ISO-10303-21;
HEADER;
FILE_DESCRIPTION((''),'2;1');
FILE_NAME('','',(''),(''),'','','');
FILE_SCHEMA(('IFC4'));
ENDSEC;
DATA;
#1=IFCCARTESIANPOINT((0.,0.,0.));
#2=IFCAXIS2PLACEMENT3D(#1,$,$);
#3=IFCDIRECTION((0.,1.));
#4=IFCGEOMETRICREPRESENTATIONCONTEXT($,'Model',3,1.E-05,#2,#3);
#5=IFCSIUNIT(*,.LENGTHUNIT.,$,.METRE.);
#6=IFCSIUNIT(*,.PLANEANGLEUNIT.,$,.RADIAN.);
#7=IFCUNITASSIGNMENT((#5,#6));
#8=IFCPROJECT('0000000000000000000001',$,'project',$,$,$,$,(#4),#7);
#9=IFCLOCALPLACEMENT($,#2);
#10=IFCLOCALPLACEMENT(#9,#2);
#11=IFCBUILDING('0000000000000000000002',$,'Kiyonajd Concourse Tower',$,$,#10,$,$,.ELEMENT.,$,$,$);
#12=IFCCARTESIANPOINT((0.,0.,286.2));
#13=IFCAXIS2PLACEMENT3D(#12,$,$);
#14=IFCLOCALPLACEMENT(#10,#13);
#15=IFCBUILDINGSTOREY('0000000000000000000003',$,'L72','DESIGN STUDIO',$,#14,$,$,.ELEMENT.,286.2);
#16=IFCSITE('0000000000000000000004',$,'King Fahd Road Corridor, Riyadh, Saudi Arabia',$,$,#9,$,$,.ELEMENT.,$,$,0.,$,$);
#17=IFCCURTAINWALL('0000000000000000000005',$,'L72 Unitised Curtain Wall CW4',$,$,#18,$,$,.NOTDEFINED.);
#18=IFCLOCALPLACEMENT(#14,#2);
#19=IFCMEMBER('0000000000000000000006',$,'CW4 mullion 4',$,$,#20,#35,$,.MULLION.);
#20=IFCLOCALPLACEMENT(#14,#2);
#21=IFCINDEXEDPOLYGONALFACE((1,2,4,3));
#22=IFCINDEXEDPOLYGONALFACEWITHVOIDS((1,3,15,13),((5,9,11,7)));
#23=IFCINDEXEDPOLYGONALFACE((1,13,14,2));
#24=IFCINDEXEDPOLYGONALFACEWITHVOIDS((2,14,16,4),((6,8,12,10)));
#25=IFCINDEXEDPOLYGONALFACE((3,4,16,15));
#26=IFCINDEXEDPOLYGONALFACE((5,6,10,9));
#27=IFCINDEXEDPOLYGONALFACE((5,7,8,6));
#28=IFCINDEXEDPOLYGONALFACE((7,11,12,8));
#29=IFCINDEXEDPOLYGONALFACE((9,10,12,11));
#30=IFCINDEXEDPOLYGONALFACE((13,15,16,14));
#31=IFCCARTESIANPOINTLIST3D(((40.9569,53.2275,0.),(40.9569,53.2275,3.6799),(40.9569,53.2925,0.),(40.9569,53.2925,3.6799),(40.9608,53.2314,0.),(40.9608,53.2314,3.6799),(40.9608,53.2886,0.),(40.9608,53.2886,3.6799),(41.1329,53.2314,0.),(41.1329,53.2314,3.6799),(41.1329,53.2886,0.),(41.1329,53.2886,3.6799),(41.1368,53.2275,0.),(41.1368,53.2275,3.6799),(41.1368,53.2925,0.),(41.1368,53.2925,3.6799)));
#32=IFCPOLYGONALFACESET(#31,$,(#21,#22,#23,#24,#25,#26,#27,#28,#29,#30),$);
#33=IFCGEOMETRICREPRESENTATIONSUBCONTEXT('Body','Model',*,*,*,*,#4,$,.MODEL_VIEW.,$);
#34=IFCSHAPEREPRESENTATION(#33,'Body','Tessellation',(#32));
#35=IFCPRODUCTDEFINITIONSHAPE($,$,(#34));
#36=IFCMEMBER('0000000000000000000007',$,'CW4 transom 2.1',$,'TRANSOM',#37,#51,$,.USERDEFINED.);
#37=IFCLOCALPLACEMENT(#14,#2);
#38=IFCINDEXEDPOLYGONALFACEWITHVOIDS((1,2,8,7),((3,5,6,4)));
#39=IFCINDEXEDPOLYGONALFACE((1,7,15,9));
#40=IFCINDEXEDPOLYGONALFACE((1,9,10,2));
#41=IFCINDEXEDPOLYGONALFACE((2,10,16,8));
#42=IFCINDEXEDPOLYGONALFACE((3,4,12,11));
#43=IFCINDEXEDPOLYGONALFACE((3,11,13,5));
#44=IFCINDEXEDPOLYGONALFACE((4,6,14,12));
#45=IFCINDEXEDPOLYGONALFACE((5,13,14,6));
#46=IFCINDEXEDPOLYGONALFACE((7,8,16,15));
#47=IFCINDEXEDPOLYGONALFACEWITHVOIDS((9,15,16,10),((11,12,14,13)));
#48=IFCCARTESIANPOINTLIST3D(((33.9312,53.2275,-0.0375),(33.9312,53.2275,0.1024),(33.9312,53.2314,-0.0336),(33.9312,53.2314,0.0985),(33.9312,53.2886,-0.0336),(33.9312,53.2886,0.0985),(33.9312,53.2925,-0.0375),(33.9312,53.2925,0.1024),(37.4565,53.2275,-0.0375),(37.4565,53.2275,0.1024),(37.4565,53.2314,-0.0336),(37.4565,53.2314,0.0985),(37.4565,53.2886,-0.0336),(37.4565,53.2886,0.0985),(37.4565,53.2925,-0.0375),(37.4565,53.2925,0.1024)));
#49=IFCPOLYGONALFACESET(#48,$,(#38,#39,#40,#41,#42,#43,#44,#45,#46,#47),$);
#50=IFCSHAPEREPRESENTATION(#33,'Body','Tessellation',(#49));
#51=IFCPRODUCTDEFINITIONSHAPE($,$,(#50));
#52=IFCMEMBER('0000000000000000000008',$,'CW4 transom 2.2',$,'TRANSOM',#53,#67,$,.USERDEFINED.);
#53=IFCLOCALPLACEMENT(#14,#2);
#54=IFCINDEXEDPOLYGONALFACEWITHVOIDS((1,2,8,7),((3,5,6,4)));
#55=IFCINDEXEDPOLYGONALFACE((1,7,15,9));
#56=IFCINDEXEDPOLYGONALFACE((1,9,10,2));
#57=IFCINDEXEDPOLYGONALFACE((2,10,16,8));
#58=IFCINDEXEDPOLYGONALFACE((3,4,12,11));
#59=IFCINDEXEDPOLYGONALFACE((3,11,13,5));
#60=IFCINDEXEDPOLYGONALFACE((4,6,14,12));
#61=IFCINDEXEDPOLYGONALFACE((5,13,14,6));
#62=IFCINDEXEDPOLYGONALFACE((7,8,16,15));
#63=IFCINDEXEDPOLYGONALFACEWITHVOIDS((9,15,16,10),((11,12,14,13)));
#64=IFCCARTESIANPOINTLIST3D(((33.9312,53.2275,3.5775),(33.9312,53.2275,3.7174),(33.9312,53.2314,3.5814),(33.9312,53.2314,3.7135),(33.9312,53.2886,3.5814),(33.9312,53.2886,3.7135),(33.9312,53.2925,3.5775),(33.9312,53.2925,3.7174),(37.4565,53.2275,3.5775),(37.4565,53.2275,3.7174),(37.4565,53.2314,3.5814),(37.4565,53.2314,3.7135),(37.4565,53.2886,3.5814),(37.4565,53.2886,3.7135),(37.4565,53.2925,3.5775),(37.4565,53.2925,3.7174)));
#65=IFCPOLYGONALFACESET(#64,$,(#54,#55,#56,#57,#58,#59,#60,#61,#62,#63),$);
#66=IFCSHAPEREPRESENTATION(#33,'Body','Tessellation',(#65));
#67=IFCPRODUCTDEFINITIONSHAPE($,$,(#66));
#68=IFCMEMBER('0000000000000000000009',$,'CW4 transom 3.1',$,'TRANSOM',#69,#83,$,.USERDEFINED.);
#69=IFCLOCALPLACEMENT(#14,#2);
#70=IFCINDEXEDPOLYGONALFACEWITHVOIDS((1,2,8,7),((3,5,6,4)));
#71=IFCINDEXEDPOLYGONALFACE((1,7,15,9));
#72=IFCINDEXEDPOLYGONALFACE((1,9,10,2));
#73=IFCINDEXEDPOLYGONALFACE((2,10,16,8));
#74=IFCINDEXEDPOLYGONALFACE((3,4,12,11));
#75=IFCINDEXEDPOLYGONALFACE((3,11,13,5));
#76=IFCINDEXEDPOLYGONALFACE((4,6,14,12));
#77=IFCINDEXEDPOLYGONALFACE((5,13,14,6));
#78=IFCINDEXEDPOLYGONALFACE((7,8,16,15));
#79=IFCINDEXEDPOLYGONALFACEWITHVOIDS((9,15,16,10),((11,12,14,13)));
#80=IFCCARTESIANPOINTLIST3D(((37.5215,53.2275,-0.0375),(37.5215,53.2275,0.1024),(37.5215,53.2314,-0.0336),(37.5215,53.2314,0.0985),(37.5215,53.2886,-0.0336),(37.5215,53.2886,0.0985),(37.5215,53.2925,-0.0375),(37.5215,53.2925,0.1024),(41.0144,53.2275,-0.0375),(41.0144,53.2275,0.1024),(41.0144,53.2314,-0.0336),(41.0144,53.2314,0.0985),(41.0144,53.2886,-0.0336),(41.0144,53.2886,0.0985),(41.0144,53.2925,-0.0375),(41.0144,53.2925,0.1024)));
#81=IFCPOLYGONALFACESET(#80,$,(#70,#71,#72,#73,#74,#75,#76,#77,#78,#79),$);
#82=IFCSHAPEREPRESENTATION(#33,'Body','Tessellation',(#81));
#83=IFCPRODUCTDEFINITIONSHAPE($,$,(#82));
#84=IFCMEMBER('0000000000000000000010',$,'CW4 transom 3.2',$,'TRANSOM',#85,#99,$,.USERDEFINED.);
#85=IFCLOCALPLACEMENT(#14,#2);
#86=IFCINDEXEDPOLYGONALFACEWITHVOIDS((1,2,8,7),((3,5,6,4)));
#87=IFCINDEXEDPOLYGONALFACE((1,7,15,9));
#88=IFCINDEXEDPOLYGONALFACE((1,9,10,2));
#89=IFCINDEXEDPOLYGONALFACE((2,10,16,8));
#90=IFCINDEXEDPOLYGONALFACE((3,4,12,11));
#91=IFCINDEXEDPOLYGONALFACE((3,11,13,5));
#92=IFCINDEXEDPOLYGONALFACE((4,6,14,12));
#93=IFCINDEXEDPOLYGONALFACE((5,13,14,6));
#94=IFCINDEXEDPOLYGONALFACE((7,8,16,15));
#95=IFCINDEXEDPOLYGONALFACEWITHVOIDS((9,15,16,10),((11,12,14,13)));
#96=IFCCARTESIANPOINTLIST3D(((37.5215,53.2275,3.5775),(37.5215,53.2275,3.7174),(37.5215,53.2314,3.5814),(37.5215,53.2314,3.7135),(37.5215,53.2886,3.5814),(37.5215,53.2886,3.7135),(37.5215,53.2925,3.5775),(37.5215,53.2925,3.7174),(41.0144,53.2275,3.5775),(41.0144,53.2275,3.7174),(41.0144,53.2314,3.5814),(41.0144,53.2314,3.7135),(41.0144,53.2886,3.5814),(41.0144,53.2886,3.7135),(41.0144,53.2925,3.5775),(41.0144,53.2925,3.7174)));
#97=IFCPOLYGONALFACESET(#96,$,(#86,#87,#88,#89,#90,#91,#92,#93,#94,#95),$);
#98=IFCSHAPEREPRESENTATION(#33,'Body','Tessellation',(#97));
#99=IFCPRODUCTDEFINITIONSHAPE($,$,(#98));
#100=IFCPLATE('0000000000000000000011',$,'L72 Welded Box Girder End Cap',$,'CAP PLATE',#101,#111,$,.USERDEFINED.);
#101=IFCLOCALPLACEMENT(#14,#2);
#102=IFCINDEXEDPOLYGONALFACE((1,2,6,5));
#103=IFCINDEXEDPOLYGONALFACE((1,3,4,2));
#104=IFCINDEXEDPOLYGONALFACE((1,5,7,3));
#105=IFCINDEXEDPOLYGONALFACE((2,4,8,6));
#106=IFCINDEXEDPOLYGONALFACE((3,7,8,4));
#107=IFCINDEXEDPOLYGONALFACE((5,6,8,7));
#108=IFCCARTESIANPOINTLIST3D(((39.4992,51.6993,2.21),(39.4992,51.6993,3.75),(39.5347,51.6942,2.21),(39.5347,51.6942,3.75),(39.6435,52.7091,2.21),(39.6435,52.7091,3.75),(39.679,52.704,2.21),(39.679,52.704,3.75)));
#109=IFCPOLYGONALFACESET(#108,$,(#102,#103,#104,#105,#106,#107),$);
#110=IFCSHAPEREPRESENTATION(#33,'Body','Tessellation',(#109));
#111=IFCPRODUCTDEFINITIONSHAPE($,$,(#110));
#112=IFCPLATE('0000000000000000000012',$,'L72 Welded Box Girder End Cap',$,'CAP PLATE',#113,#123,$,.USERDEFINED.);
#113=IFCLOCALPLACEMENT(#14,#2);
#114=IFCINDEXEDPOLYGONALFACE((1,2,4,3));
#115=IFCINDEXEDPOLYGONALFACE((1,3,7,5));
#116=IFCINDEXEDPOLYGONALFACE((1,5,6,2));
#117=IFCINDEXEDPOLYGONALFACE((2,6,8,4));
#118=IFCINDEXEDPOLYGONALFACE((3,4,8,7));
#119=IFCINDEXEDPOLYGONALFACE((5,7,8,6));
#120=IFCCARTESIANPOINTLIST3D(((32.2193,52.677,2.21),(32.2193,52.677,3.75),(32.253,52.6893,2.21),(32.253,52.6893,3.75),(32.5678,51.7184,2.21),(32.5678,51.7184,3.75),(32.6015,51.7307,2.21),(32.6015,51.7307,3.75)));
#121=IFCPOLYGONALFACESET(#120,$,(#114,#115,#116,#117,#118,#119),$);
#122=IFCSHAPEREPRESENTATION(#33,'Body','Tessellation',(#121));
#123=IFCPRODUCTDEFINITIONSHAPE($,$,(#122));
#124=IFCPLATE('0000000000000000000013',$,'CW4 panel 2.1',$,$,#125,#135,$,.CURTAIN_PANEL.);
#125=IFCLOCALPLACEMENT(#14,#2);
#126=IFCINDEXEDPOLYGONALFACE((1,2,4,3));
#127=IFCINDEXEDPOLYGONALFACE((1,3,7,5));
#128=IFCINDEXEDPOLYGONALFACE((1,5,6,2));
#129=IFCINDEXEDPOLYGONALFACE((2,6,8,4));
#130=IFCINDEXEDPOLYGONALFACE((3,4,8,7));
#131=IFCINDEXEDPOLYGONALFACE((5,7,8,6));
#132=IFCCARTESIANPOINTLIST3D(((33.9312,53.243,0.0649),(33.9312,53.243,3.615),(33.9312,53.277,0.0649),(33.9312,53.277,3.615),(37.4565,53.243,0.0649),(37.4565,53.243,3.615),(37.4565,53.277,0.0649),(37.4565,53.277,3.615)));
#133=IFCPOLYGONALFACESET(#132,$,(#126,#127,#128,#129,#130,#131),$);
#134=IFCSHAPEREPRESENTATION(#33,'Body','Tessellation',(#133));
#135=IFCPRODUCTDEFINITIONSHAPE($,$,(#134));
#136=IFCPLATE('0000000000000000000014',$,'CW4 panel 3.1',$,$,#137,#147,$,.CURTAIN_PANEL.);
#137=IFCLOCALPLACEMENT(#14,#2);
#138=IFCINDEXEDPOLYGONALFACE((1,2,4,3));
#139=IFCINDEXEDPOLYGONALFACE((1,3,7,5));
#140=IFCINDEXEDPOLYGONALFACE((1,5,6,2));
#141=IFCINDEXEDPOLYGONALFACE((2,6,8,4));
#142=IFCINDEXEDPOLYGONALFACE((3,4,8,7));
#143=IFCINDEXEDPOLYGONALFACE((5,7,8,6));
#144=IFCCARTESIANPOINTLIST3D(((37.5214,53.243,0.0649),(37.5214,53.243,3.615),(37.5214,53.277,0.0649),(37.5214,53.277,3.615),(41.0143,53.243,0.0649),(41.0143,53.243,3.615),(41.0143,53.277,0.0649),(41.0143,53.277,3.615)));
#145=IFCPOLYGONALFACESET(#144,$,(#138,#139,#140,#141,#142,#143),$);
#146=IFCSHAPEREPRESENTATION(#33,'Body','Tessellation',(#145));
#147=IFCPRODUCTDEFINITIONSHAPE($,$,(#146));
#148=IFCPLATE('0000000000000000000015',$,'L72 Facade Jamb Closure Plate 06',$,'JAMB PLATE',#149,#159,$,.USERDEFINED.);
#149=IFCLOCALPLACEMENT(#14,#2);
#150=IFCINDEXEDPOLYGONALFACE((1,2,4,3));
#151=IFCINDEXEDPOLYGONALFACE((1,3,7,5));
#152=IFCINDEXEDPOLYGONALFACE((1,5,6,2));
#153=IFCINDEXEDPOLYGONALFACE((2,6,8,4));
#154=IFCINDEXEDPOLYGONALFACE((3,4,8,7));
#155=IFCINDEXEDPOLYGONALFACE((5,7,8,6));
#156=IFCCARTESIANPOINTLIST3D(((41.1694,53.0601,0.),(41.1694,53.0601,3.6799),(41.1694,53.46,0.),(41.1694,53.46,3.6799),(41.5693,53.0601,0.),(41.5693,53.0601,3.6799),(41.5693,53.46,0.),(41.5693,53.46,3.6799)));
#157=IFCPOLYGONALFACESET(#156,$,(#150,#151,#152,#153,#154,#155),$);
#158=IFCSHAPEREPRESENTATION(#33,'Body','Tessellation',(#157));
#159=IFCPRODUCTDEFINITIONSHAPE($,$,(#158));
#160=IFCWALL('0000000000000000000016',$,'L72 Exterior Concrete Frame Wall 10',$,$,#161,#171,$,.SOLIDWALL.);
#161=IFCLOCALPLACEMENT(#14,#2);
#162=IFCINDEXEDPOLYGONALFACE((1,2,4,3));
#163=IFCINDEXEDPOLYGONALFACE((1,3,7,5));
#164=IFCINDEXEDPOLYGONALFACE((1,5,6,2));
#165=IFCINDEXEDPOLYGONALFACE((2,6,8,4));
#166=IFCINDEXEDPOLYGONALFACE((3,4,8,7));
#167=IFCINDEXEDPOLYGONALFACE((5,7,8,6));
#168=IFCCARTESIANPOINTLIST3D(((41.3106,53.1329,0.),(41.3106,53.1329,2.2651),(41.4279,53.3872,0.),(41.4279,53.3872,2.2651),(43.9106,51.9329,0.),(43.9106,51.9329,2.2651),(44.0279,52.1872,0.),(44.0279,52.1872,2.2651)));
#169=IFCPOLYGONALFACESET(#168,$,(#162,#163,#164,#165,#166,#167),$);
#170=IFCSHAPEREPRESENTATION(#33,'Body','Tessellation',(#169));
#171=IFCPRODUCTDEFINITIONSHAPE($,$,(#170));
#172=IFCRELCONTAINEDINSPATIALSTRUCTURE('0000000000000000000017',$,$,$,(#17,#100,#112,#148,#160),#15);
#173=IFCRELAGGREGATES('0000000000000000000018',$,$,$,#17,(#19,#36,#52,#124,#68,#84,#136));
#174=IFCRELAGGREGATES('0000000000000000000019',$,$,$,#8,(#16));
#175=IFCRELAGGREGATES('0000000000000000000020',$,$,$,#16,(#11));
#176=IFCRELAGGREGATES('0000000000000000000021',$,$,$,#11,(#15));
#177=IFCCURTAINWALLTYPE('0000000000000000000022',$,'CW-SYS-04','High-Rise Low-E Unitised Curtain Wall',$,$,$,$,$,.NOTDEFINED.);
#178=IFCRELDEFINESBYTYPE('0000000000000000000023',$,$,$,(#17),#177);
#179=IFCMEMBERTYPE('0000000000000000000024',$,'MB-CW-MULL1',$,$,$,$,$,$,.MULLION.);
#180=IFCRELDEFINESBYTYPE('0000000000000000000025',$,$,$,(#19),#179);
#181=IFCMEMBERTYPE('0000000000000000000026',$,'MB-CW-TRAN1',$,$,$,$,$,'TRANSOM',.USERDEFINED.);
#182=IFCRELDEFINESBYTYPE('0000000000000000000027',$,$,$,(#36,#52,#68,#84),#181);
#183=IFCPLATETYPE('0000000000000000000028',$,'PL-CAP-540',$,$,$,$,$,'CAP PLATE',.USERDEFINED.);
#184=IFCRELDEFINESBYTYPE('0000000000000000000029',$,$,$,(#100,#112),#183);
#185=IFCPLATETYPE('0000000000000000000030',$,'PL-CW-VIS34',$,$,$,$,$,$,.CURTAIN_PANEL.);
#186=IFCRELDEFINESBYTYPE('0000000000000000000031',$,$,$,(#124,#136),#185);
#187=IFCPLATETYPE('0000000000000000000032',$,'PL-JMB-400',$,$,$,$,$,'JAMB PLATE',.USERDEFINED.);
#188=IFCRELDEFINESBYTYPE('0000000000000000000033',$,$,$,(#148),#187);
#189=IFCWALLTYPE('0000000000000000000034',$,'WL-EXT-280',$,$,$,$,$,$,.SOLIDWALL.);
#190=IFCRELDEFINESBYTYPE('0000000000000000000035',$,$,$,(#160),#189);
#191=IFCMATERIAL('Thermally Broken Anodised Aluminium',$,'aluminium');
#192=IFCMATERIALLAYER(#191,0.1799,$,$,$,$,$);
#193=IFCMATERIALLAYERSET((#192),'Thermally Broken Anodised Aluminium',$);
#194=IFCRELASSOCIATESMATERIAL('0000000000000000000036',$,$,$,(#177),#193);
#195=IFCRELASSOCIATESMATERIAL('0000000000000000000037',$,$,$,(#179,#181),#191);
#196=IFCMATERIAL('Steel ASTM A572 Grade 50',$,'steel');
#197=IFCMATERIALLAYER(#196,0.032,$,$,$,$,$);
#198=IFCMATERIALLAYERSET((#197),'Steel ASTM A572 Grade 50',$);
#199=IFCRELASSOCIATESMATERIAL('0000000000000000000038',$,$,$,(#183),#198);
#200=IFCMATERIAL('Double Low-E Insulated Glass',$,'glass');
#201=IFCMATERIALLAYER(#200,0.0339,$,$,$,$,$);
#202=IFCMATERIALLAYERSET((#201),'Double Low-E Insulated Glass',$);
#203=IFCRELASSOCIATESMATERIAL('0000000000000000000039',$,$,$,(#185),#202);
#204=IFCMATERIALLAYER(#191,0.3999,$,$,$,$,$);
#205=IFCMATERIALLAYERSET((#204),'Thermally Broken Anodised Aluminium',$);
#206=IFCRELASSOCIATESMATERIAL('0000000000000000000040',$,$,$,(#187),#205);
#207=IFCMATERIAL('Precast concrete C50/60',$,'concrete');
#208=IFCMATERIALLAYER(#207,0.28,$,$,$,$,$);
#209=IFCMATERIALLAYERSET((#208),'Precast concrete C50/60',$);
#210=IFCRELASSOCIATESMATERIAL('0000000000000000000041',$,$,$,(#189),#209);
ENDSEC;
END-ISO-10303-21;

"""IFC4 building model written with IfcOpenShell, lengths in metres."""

from ifc_helpers import new_model, si_unit, direction, frame, frame_2d, origin, origin_2d, place, context, subcontext, project, spatial, rectangle, hollow_rectangle, extrude, material, layer, layer_set, material_profile, profile_set, type_object, element, aggregate, save


model = new_model("IFC4")

# Units and contexts
model_context = context("Model", 3, precision=1e-05, world=origin(), true_north=direction((0.0, 1.0)))
body_context = subcontext(model_context, "Body", "Model", "MODEL_VIEW")
ifc_project = project(units=[si_unit("LENGTHUNIT", "METRE"), si_unit("PLANEANGLEUNIT", "RADIAN")], contexts=[model_context])

# Site, building, storey
site_placement = place(None, origin())
site = spatial("IfcSite", under=ifc_project, at=site_placement, Name="King Fahd Road Corridor, Riyadh, Saudi Arabia", CompositionType="ELEMENT", RefElevation=0.0)
building_placement = place(site_placement, origin())
building = spatial("IfcBuilding", under=site, at=building_placement, Name="Kiyonajd Concourse Tower", CompositionType="ELEMENT")
storey_placement = place(building_placement, frame((0.0, 0.0, 286.2)))
storey = spatial("IfcBuildingStorey", under=building, at=storey_placement, Name="L72", Description="DESIGN STUDIO", CompositionType="ELEMENT", Elevation=286.2)

# Shared definitions
ifc_material_1 = material(Name="Steel ASTM A572 Grade 50", Category="steel")

# Curtain wall, members
ifc_material_2 = material(Name="Thermally Broken Anodised Aluminium", Category="aluminium")
ifc_layer_1 = layer(ifc_material_2, 0.1799)
ifc_layer_set_1 = layer_set([ifc_layer_1], Name="Thermally Broken Anodised Aluminium")
curtain_wall_type = type_object("IfcCurtainWallType", Name="CW-SYS-04", Description="High-Rise Low-E Unitised Curtain Wall", PredefinedType="NOTDEFINED", material=ifc_layer_set_1)
curtain_wall_placement = place(storey_placement, origin())
curtain_wall = element("IfcCurtainWall", 1, at=curtain_wall_placement, inside=storey, type_object=curtain_wall_type, Name="L72 Unitised Curtain Wall CW4", PredefinedType="NOTDEFINED")
ifc_material_profile_1 = material_profile(ifc_material_2, hollow_rectangle(XDim=0.0649, YDim=0.1799, WallThickness=0.0039, at=origin_2d()), Name="MULL-65x180")
ifc_profile_set_1 = profile_set([ifc_material_profile_1], Name="Thermally Broken Anodised Aluminium")
member_type_1 = type_object("IfcMemberType", Name="MB-CW-MULL1", PredefinedType="MULLION", material=ifc_profile_set_1)
member_1_placement = place(storey_placement, frame((41.0469, 53.26, 0.0), z_axis=(0.0, 0.0, 1.0), x_axis=(0.0, 1.0, 0.0)))
member_1 = element("IfcMember", 2, at=member_1_placement, type_object=member_type_1, Name="CW4 mullion 4", PredefinedType="MULLION", context=body_context, shape_type="SweptSolid", body=[
    extrude(hollow_rectangle(XDim=0.0649, YDim=0.1799, WallThickness=0.0039, at=origin_2d()), origin(), (0.0, 0.0, 1.0), 3.6799),
])
ifc_material_profile_2 = material_profile(ifc_material_2, hollow_rectangle(XDim=0.0649, YDim=0.1399, WallThickness=0.0039, at=origin_2d()), Name="TRAN-65x140")
ifc_profile_set_2 = profile_set([ifc_material_profile_2], Name="Thermally Broken Anodised Aluminium")
member_type_2 = type_object("IfcMemberType", Name="MB-CW-TRAN1", ElementType="TRANSOM", PredefinedType="USERDEFINED", material=ifc_profile_set_2)
member_2_placement = place(storey_placement, frame((33.9312, 53.26, 0.0325), z_axis=(1.0, 0.0, 0.0), x_axis=(0.0, 1.0, 0.0)))
member_2 = element("IfcMember", 3, at=member_2_placement, type_object=member_type_2, Name="CW4 transom 2.1", ObjectType="TRANSOM", PredefinedType="USERDEFINED", context=body_context, shape_type="SweptSolid", body=[
    extrude(hollow_rectangle(XDim=0.0649, YDim=0.1399, WallThickness=0.0039, at=origin_2d()), origin(), (0.0, 0.0, 1.0), 3.5254),
])
member_3_placement = place(storey_placement, frame((33.9312, 53.26, 3.6475), z_axis=(1.0, 0.0, 0.0), x_axis=(0.0, 1.0, 0.0)))
member_3 = element("IfcMember", 4, at=member_3_placement, type_object=member_type_2, Name="CW4 transom 2.2", ObjectType="TRANSOM", PredefinedType="USERDEFINED", context=body_context, shape_type="SweptSolid", body=[
    extrude(hollow_rectangle(XDim=0.0649, YDim=0.1399, WallThickness=0.0039, at=origin_2d()), origin(), (0.0, 0.0, 1.0), 3.5254),
])
member_4_placement = place(storey_placement, frame((37.5215, 53.26, 0.0325), z_axis=(1.0, 0.0, 0.0), x_axis=(0.0, 1.0, 0.0)))
member_4 = element("IfcMember", 5, at=member_4_placement, type_object=member_type_2, Name="CW4 transom 3.1", ObjectType="TRANSOM", PredefinedType="USERDEFINED", context=body_context, shape_type="SweptSolid", body=[
    extrude(hollow_rectangle(XDim=0.0649, YDim=0.1399, WallThickness=0.0039, at=origin_2d()), origin(), (0.0, 0.0, 1.0), 3.4929),
])
member_5_placement = place(storey_placement, frame((37.5215, 53.26, 3.6475), z_axis=(1.0, 0.0, 0.0), x_axis=(0.0, 1.0, 0.0)))
member_5 = element("IfcMember", 6, at=member_5_placement, type_object=member_type_2, Name="CW4 transom 3.2", ObjectType="TRANSOM", PredefinedType="USERDEFINED", context=body_context, shape_type="SweptSolid", body=[
    extrude(hollow_rectangle(XDim=0.0649, YDim=0.1399, WallThickness=0.0039, at=origin_2d()), origin(), (0.0, 0.0, 1.0), 3.4929),
])

# Plates
ifc_layer_2 = layer(ifc_material_1, 0.032)
ifc_layer_set_2 = layer_set([ifc_layer_2], Name="Steel ASTM A572 Grade 50")
plate_type_1 = type_object("IfcPlateType", Name="PL-CAP-540", ElementType="CAP PLATE", PredefinedType="USERDEFINED", material=ifc_layer_set_2)
for number, where, z_axis, x_axis, name in (
    (7, (39.5891, 52.2017, 2.21), (0.0, 0.0, 1.0), (-0.98995, 0.14142, 0.0), "L72 Welded Box Girder End Cap"),
    (8, (32.4104, 52.2039, 2.21), (0.0, 0.0, 1.0), (0.939812, 0.341692, 0.0), "L72 Welded Box Girder End Cap"),
):
    element("IfcPlate", number, at=place(storey_placement, frame(where, z_axis=z_axis, x_axis=x_axis)), inside=storey, type_object=plate_type_1, Name=name, ObjectType="CAP PLATE", PredefinedType="USERDEFINED", context=body_context, shape_type="SweptSolid", body=[
        extrude(rectangle(XDim=0.0359, YDim=1.02, at=origin_2d()), origin(), (0.0, 0.0, 1.0), 1.54),
    ])

# Plates
ifc_material_3 = material(Name="Double Low-E Insulated Glass", Category="glass")
ifc_layer_3 = layer(ifc_material_3, 0.0339)
ifc_layer_set_3 = layer_set([ifc_layer_3], Name="Double Low-E Insulated Glass")
plate_type_2 = type_object("IfcPlateType", Name="PL-CW-VIS34", PredefinedType="CURTAIN_PANEL", material=ifc_layer_set_3)
plate_1_placement = place(storey_placement, frame((35.6938, 53.26, 0.0649), z_axis=(0.0, 0.0, 1.0), x_axis=(1.0, 0.0, 0.0)))
plate_1 = element("IfcPlate", 9, at=plate_1_placement, type_object=plate_type_2, Name="CW4 panel 2.1", PredefinedType="CURTAIN_PANEL", context=body_context, shape_type="SweptSolid", body=[
    extrude(rectangle(XDim=3.5254, YDim=0.0339, at=origin_2d()), origin(), (0.0, 0.0, 1.0), 3.55),
])
plate_2_placement = place(storey_placement, frame((39.2678, 53.26, 0.0649), z_axis=(0.0, 0.0, 1.0), x_axis=(1.0, 0.0, 0.0)))
plate_2 = element("IfcPlate", 10, at=plate_2_placement, type_object=plate_type_2, Name="CW4 panel 3.1", PredefinedType="CURTAIN_PANEL", context=body_context, shape_type="SweptSolid", body=[
    extrude(rectangle(XDim=3.4929, YDim=0.0339, at=origin_2d()), origin(), (0.0, 0.0, 1.0), 3.55),
])
aggregate(curtain_wall, [member_1, member_2, member_3, plate_1, member_4, member_5, plate_2])
ifc_layer_4 = layer(ifc_material_2, 0.3999)
ifc_layer_set_4 = layer_set([ifc_layer_4], Name="Thermally Broken Anodised Aluminium")
plate_type_3 = type_object("IfcPlateType", Name="PL-JMB-400", ElementType="JAMB PLATE", PredefinedType="USERDEFINED", material=ifc_layer_set_4)
plate_3_placement = place(storey_placement, frame((41.3694, 53.26, 0.0), z_axis=(0.0, 0.0, 1.0), x_axis=(1.0, 0.0, 0.0)))
element("IfcPlate", 11, at=plate_3_placement, inside=storey, type_object=plate_type_3, Name="L72 Facade Jamb Closure Plate 06", ObjectType="JAMB PLATE", PredefinedType="USERDEFINED", context=body_context, shape_type="SweptSolid", body=[
    extrude(rectangle(XDim=0.3999, YDim=0.3999, at=origin_2d()), origin(), (0.0, 0.0, 1.0), 3.6799),
])

# Wall
ifc_material_4 = material(Name="Precast concrete C50/60", Category="concrete")
ifc_layer_5 = layer(ifc_material_4, 0.28)
ifc_layer_set_5 = layer_set([ifc_layer_5], Name="Precast concrete C50/60")
wall_type = type_object("IfcWallType", Name="WL-EXT-280", PredefinedType="SOLIDWALL", material=ifc_layer_set_5)
wall_1_placement = place(storey_placement, frame((41.3694, 53.26, 0.0), z_axis=(0.0, 0.0, 1.0), x_axis=(0.907957, -0.419064, 0.0)))
element("IfcWall", 12, at=wall_1_placement, inside=storey, type_object=wall_type, Name="L72 Exterior Concrete Frame Wall 10", PredefinedType="SOLIDWALL", context=body_context, shape_type="SweptSolid", body=[
    extrude(rectangle(XDim=2.8635, YDim=0.28, at=frame_2d((1.4316, 0.0))), origin(), (0.0, 0.0, 1.0), 2.2651),
])

save(model, "model.ifc")
